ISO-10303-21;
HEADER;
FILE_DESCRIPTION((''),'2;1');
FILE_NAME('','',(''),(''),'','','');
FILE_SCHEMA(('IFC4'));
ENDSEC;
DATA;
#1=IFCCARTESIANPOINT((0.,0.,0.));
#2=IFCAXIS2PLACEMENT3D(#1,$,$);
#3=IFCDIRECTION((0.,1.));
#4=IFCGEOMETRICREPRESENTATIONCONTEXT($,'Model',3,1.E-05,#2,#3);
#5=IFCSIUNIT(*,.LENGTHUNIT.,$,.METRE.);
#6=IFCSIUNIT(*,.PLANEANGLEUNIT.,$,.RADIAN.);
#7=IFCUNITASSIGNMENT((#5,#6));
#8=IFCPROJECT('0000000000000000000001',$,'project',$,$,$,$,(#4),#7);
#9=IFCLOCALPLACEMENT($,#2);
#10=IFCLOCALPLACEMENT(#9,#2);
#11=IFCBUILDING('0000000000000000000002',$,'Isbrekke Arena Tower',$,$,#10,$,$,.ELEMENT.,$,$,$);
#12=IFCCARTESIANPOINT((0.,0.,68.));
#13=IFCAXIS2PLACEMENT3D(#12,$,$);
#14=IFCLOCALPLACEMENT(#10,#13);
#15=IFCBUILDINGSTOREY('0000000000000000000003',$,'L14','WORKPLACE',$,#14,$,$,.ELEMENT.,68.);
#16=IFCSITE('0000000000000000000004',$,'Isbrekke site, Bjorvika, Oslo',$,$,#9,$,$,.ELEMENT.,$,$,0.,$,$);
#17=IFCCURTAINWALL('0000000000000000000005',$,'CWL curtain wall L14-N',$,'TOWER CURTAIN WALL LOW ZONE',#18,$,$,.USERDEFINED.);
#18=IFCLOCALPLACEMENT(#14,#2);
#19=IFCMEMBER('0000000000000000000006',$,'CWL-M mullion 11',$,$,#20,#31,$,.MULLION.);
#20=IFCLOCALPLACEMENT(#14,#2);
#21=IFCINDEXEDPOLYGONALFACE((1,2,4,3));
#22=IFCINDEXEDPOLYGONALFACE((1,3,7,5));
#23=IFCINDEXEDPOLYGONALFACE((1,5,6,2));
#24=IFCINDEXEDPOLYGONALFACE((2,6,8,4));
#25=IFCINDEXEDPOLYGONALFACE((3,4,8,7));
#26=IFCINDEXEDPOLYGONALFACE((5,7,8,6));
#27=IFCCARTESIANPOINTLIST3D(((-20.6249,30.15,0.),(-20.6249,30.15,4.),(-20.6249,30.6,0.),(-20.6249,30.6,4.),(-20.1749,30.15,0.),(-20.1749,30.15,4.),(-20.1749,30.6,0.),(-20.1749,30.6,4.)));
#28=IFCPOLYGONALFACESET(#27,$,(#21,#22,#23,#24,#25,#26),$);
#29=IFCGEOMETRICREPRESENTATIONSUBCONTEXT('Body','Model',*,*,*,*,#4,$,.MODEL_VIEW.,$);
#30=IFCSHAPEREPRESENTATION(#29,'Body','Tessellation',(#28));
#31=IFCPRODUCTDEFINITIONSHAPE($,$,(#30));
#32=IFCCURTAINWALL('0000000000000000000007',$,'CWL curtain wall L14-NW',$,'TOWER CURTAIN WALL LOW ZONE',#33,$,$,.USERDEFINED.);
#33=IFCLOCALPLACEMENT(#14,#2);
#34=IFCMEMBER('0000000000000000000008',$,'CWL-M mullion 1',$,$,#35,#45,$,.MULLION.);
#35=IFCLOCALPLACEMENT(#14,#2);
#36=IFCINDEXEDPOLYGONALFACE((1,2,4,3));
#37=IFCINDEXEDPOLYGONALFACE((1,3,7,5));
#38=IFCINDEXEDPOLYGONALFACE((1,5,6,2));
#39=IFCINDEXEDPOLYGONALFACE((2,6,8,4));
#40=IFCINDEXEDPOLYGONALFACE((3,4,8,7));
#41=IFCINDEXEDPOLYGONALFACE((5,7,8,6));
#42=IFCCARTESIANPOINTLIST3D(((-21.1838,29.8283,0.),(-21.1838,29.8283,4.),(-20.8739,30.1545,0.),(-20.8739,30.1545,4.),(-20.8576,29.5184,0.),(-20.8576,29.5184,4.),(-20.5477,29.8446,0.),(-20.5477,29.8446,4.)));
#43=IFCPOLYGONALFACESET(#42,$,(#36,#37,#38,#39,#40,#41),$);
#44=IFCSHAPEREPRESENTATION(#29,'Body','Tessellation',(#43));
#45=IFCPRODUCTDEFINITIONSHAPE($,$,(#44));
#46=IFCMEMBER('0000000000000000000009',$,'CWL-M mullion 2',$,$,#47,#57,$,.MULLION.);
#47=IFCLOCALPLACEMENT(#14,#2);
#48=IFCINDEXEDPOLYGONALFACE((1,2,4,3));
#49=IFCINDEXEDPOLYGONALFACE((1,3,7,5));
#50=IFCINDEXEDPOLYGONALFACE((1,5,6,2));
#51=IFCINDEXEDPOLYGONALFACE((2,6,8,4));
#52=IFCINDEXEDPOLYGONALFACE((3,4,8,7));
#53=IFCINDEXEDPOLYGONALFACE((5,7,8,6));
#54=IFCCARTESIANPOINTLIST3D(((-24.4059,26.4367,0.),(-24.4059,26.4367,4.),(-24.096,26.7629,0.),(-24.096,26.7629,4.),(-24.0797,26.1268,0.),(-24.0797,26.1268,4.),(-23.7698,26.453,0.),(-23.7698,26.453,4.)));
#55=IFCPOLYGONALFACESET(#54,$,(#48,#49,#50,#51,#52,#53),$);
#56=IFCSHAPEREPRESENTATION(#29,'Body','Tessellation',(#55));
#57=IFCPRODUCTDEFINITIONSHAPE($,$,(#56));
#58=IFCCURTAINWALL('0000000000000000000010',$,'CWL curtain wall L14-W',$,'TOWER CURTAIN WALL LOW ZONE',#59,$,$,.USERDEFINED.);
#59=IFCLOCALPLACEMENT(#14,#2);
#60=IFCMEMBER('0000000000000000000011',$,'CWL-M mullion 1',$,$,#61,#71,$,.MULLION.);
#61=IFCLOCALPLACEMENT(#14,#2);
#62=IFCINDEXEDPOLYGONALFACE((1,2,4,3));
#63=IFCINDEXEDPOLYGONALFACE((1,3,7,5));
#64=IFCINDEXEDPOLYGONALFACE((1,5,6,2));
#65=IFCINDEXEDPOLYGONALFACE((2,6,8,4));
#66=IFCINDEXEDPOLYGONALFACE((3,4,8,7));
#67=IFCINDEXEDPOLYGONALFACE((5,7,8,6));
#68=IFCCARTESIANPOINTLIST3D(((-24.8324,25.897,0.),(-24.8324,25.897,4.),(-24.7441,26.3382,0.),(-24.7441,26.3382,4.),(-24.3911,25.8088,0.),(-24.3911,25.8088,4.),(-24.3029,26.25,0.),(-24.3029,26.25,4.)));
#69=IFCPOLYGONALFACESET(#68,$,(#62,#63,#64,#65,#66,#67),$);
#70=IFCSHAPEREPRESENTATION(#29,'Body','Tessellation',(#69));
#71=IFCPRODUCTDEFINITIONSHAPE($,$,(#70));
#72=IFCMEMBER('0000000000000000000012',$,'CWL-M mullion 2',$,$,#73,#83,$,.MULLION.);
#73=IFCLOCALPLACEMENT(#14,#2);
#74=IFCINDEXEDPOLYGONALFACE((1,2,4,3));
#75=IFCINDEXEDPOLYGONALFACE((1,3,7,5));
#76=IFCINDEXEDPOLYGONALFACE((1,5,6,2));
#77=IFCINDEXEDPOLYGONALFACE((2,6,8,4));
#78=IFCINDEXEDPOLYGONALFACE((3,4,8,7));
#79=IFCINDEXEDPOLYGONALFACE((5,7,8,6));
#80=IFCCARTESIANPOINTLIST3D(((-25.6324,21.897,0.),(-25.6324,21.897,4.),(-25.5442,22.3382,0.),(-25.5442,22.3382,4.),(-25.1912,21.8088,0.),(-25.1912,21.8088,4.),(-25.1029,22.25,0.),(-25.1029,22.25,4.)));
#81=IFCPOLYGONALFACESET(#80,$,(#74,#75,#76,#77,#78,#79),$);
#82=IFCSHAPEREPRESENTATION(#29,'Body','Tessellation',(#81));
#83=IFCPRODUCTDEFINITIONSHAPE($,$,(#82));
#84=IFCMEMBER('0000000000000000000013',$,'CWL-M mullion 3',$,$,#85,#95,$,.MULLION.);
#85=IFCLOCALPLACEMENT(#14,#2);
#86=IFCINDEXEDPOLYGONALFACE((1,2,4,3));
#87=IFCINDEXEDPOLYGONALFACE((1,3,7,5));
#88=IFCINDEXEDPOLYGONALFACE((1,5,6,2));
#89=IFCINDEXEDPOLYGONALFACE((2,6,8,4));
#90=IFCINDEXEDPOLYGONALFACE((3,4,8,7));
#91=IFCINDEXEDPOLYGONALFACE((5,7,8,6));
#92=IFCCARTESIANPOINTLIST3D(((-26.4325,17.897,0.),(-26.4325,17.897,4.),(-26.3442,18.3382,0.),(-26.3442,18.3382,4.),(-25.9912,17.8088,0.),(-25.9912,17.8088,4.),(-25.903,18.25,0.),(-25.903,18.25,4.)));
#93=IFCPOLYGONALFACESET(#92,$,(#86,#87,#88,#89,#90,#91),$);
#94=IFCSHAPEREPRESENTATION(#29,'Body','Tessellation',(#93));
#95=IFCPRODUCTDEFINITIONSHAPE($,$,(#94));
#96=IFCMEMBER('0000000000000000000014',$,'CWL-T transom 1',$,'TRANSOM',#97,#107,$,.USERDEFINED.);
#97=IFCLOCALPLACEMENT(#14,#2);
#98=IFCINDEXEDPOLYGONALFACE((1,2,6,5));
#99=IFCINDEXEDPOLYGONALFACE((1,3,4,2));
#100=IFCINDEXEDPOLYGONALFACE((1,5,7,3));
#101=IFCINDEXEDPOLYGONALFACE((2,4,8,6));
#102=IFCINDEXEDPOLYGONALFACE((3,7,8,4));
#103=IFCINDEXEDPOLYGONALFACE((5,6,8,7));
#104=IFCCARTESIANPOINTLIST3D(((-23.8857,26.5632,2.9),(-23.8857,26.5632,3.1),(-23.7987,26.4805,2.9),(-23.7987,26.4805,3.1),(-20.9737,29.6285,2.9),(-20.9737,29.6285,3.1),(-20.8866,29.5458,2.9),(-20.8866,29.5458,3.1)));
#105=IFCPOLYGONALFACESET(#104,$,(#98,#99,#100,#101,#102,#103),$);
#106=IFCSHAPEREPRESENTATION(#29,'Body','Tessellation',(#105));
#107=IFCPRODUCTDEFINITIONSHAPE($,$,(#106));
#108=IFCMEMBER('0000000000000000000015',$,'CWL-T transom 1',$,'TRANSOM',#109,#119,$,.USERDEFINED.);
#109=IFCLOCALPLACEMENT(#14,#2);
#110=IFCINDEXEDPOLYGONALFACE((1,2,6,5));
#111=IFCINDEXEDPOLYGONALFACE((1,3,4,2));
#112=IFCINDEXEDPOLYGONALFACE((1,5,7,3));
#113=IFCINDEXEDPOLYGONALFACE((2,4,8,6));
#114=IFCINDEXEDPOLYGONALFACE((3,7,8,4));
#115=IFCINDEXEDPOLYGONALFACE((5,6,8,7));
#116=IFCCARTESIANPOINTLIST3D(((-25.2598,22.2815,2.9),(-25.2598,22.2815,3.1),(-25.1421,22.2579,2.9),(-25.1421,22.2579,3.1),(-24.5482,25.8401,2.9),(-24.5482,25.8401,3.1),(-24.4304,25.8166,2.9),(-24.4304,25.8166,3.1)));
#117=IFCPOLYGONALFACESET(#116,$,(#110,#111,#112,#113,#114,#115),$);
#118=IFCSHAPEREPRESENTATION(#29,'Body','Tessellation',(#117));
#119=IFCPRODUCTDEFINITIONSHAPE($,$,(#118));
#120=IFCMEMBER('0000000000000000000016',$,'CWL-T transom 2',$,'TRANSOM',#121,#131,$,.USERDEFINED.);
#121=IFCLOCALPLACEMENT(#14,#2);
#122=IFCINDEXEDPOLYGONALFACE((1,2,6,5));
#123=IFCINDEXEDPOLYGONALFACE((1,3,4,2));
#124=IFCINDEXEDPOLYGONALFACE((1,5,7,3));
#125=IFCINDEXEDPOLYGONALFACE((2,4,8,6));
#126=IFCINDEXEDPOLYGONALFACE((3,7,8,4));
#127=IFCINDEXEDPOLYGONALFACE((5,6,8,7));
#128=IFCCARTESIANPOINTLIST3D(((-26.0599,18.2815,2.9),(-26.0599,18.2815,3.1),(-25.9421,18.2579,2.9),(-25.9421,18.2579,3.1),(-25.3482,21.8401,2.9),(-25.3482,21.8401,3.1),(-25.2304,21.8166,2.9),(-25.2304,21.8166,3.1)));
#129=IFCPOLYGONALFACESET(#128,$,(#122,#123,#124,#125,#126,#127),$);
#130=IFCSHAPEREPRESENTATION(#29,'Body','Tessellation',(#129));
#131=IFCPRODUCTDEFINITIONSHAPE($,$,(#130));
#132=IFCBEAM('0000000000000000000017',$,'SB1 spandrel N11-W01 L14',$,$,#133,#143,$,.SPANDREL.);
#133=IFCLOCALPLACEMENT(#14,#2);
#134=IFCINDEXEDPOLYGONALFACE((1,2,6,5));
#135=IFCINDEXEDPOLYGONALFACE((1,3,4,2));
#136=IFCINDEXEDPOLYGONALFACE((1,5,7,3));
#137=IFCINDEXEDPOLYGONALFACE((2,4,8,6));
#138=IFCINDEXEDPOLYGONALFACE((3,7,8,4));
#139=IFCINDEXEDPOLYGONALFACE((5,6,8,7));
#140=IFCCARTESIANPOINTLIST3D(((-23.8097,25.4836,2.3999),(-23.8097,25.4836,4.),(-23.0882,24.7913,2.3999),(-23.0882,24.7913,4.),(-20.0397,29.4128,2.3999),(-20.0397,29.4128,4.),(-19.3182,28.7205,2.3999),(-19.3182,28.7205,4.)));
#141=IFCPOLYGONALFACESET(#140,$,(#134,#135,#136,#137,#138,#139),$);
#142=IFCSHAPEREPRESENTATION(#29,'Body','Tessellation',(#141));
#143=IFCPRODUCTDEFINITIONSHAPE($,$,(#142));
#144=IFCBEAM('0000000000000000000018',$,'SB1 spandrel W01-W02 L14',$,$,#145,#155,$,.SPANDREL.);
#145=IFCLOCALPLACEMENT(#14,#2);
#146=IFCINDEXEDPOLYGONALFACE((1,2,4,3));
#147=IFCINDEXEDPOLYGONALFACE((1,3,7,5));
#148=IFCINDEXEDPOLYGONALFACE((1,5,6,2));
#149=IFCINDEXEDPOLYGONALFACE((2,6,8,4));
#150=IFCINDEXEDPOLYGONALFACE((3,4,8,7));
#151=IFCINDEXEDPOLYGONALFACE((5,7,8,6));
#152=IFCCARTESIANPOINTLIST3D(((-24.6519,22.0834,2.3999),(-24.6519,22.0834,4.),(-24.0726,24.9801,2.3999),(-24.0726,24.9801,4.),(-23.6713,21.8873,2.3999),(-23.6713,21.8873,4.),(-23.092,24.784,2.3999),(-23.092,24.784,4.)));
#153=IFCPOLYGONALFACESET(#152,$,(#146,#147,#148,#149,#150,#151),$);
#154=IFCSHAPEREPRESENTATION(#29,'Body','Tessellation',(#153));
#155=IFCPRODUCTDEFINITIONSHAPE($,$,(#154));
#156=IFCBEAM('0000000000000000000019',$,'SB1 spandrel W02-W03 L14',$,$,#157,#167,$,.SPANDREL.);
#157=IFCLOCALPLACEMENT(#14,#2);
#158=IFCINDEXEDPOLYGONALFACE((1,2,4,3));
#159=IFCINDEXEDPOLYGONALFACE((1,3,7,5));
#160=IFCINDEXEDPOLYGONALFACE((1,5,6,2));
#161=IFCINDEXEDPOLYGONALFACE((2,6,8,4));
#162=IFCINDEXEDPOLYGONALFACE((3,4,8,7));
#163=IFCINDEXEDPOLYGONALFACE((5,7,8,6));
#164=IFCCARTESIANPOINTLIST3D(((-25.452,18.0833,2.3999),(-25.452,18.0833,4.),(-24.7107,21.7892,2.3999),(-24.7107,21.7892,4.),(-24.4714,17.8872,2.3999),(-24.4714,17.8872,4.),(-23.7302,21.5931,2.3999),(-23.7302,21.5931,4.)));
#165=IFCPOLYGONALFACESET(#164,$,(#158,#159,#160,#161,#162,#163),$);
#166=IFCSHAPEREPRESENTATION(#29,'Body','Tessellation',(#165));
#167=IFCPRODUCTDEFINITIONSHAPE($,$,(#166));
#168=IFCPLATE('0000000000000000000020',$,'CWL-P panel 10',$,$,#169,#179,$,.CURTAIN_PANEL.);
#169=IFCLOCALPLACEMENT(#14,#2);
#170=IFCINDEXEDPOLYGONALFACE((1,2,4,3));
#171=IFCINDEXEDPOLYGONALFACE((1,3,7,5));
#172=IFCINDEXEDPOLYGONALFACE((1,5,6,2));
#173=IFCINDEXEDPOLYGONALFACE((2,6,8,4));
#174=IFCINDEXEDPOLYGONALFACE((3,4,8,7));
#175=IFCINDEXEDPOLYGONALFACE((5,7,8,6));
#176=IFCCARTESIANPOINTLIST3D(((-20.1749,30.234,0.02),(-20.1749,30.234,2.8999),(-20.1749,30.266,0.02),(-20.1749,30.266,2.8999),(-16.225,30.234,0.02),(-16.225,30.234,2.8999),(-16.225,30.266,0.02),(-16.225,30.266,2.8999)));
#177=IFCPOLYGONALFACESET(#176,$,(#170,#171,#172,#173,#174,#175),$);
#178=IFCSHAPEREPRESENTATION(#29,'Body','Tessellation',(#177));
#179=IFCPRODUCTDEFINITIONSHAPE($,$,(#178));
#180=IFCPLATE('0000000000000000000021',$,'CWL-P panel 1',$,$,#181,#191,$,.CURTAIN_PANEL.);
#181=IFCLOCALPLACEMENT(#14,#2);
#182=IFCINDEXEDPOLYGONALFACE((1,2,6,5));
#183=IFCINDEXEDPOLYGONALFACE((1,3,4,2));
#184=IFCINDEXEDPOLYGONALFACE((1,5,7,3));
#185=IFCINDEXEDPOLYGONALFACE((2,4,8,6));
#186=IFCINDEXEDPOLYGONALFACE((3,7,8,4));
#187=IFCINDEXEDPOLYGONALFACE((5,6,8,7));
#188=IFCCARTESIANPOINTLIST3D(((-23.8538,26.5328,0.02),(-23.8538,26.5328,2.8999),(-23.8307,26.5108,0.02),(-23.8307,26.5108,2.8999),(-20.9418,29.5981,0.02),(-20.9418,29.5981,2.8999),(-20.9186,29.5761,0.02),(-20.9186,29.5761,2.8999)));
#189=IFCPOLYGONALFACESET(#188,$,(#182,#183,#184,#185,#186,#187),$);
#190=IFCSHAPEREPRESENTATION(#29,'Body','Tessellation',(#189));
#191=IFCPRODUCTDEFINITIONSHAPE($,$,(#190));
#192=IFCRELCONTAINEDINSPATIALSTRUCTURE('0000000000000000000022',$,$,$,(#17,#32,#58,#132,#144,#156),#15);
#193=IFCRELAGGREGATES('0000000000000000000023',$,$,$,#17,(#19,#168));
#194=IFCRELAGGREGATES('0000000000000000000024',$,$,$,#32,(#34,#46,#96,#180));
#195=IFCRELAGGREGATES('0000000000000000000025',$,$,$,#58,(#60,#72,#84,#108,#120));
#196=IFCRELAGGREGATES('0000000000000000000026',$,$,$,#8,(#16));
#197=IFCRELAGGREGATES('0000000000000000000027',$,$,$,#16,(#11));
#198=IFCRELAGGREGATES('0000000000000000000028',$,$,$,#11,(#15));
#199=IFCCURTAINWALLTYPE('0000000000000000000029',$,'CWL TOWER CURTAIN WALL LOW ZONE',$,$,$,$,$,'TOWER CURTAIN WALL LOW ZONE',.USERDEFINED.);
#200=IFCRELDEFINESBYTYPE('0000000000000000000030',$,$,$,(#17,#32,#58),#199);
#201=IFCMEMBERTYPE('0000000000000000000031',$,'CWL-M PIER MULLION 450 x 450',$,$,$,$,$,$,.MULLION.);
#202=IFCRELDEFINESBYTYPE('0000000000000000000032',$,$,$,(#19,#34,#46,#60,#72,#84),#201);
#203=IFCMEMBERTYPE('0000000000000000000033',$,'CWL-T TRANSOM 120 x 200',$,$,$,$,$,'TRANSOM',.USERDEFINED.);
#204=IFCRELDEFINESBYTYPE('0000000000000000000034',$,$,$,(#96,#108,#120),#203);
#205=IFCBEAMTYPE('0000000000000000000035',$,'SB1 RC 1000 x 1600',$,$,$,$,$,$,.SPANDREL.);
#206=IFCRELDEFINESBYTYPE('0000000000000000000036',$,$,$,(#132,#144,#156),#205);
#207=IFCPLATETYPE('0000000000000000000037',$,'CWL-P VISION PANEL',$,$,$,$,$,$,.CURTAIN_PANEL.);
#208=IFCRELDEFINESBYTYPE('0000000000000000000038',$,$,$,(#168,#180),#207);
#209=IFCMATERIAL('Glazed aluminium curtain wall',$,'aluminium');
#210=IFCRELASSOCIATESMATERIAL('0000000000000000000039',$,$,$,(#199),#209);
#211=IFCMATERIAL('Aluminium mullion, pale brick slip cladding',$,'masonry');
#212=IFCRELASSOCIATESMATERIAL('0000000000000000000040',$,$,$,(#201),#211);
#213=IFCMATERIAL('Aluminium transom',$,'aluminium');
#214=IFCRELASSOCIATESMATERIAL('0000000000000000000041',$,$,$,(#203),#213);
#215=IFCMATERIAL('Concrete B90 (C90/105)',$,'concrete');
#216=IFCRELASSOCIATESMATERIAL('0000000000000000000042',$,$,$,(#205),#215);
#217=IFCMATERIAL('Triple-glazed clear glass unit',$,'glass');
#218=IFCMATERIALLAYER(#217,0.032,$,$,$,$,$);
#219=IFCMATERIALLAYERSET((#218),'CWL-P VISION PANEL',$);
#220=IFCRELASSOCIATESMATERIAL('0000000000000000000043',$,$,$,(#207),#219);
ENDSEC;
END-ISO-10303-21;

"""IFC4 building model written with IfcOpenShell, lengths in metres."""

from ifc_helpers import new_model, si_unit, direction, frame, origin, origin_2d, place, context, subcontext, project, spatial, rectangle, extrude, material, layer, layer_set, material_profile, profile_set, type_object, element, aggregate, save


model = new_model("IFC4")

# Units and contexts
model_context = context("Model", 3, precision=1e-05, world=origin(), true_north=direction((0.0, 1.0)))
body_context = subcontext(model_context, "Body", "Model", "MODEL_VIEW")
ifc_project = project(units=[si_unit("LENGTHUNIT", "METRE"), si_unit("PLANEANGLEUNIT", "RADIAN")], contexts=[model_context])

# Site, building, storey
site_placement = place(None, origin())
site = spatial("IfcSite", under=ifc_project, at=site_placement, Name="Isbrekke site, Bjorvika, Oslo", CompositionType="ELEMENT", RefElevation=0.0)
building_placement = place(site_placement, origin())
building = spatial("IfcBuilding", under=site, at=building_placement, Name="Isbrekke Arena Tower", CompositionType="ELEMENT")
storey_placement = place(building_placement, frame((0.0, 0.0, 68.0)))
storey = spatial("IfcBuildingStorey", under=building, at=storey_placement, Name="L14", Description="WORKPLACE", CompositionType="ELEMENT", Elevation=68.0)

# Curtain wall, member
ifc_material_1 = material(Name="Glazed aluminium curtain wall", Category="aluminium")
curtain_wall_type = type_object("IfcCurtainWallType", Name="CWL TOWER CURTAIN WALL LOW ZONE", ElementType="TOWER CURTAIN WALL LOW ZONE", PredefinedType="USERDEFINED", material=ifc_material_1)
curtain_wall_1_placement = place(storey_placement, origin())
curtain_wall_1 = element("IfcCurtainWall", 1, at=curtain_wall_1_placement, inside=storey, type_object=curtain_wall_type, Name="CWL curtain wall L14-N", ObjectType="TOWER CURTAIN WALL LOW ZONE", PredefinedType="USERDEFINED")
ifc_material_2 = material(Name="Aluminium mullion, pale brick slip cladding", Category="masonry")
ifc_material_profile_1 = material_profile(ifc_material_2, rectangle(XDim=0.45, YDim=0.45, at=origin_2d()), Name="PIER 450X450")
ifc_profile_set_1 = profile_set([ifc_material_profile_1], Name="Aluminium mullion, pale brick slip cladding")
member_type_1 = type_object("IfcMemberType", Name="CWL-M PIER MULLION 450 x 450", PredefinedType="MULLION", material=ifc_profile_set_1)
member_1_placement = place(storey_placement, frame((-20.3999, 30.375, 0.0), z_axis=(0.0, 0.0, 1.0), x_axis=(-1.0, 0.0, 0.0)))
member_1 = element("IfcMember", 2, at=member_1_placement, type_object=member_type_1, Name="CWL-M mullion 11", PredefinedType="MULLION", context=body_context, shape_type="SweptSolid", body=[
    extrude(rectangle(XDim=0.45, YDim=0.45, at=origin_2d()), origin(), (0.0, 0.0, 1.0), 4.0),
])

# Curtain walls, members
curtain_wall_2_placement = place(storey_placement, origin())
curtain_wall_2 = element("IfcCurtainWall", 3, at=curtain_wall_2_placement, inside=storey, type_object=curtain_wall_type, Name="CWL curtain wall L14-NW", ObjectType="TOWER CURTAIN WALL LOW ZONE", PredefinedType="USERDEFINED")
member_2_placement = place(storey_placement, frame((-20.8657, 29.8364, 0.0), z_axis=(0.0, 0.0, 1.0), x_axis=(-0.688749, -0.724999, 0.0)))
member_2 = element("IfcMember", 4, at=member_2_placement, type_object=member_type_1, Name="CWL-M mullion 1", PredefinedType="MULLION", context=body_context, shape_type="SweptSolid", body=[
    extrude(rectangle(XDim=0.45, YDim=0.45, at=origin_2d()), origin(), (0.0, 0.0, 1.0), 4.0),
])
member_3_placement = place(storey_placement, frame((-24.0879, 26.4448, 0.0), z_axis=(0.0, 0.0, 1.0), x_axis=(-0.688749, -0.724999, 0.0)))
member_3 = element("IfcMember", 5, at=member_3_placement, type_object=member_type_1, Name="CWL-M mullion 2", PredefinedType="MULLION", context=body_context, shape_type="SweptSolid", body=[
    extrude(rectangle(XDim=0.45, YDim=0.45, at=origin_2d()), origin(), (0.0, 0.0, 1.0), 4.0),
])
curtain_wall_3_placement = place(storey_placement, origin())
curtain_wall_3 = element("IfcCurtainWall", 6, at=curtain_wall_3_placement, inside=storey, type_object=curtain_wall_type, Name="CWL curtain wall L14-W", ObjectType="TOWER CURTAIN WALL LOW ZONE", PredefinedType="USERDEFINED")
member_4_placement = place(storey_placement, frame((-24.5676, 26.0735, 0.0), z_axis=(0.0, 0.0, 1.0), x_axis=(-0.196116, -0.980581, 0.0)))
member_4 = element("IfcMember", 7, at=member_4_placement, type_object=member_type_1, Name="CWL-M mullion 1", PredefinedType="MULLION", context=body_context, shape_type="SweptSolid", body=[
    extrude(rectangle(XDim=0.45, YDim=0.45, at=origin_2d()), origin(), (0.0, 0.0, 1.0), 4.0),
])
member_5_placement = place(storey_placement, frame((-25.3677, 22.0735, 0.0), z_axis=(0.0, 0.0, 1.0), x_axis=(-0.196116, -0.980581, 0.0)))
member_5 = element("IfcMember", 8, at=member_5_placement, type_object=member_type_1, Name="CWL-M mullion 2", PredefinedType="MULLION", context=body_context, shape_type="SweptSolid", body=[
    extrude(rectangle(XDim=0.45, YDim=0.45, at=origin_2d()), origin(), (0.0, 0.0, 1.0), 4.0),
])
member_6_placement = place(storey_placement, frame((-26.1677, 18.0735, 0.0), z_axis=(0.0, 0.0, 1.0), x_axis=(-0.196116, -0.980581, 0.0)))
member_6 = element("IfcMember", 9, at=member_6_placement, type_object=member_type_1, Name="CWL-M mullion 3", PredefinedType="MULLION", context=body_context, shape_type="SweptSolid", body=[
    extrude(rectangle(XDim=0.45, YDim=0.45, at=origin_2d()), origin(), (0.0, 0.0, 1.0), 4.0),
])

# Members
ifc_material_3 = material(Name="Aluminium transom", Category="aluminium")
ifc_material_profile_2 = material_profile(ifc_material_3, rectangle(XDim=0.1201, YDim=0.2, at=origin_2d()), Name="TRANSOM 120X200")
ifc_profile_set_2 = profile_set([ifc_material_profile_2], Name="Aluminium transom")
member_type_2 = type_object("IfcMemberType", Name="CWL-T TRANSOM 120 x 200", ElementType="TRANSOM", PredefinedType="USERDEFINED", material=ifc_profile_set_2)
member_7_placement = place(storey_placement, frame((-20.9302, 29.5872, 3.0), z_axis=(-0.688743, -0.725005, 0.0), x_axis=(0.725005, -0.688743, 0.0)))
member_7 = element("IfcMember", 10, at=member_7_placement, type_object=member_type_2, Name="CWL-T transom 1", ObjectType="TRANSOM", PredefinedType="USERDEFINED", context=body_context, shape_type="SweptSolid", body=[
    extrude(rectangle(XDim=0.1201, YDim=0.2, at=origin_2d()), origin(), (0.0, 0.0, 1.0), 4.228),
])
member_8_placement = place(storey_placement, frame((-24.4893, 25.8284, 3.0), z_axis=(-0.196103, -0.980583, 0.0), x_axis=(0.980583, -0.196103, 0.0)))
member_8 = element("IfcMember", 11, at=member_8_placement, type_object=member_type_2, Name="CWL-T transom 1", ObjectType="TRANSOM", PredefinedType="USERDEFINED", context=body_context, shape_type="SweptSolid", body=[
    extrude(rectangle(XDim=0.1201, YDim=0.2, at=origin_2d()), origin(), (0.0, 0.0, 1.0), 3.6292),
])
member_9_placement = place(storey_placement, frame((-25.2893, 21.8284, 3.0), z_axis=(-0.196103, -0.980583, 0.0), x_axis=(0.980583, -0.196103, 0.0)))
member_9 = element("IfcMember", 12, at=member_9_placement, type_object=member_type_2, Name="CWL-T transom 2", ObjectType="TRANSOM", PredefinedType="USERDEFINED", context=body_context, shape_type="SweptSolid", body=[
    extrude(rectangle(XDim=0.1201, YDim=0.2, at=origin_2d()), origin(), (0.0, 0.0, 1.0), 3.6292),
])

# Beams
ifc_material_4 = material(Name="Concrete B90 (C90/105)", Category="concrete")
ifc_material_profile_3 = material_profile(ifc_material_4, rectangle(XDim=1.0, YDim=1.6001, at=origin_2d()), Name="RC 1000x1600")
ifc_profile_set_3 = profile_set([ifc_material_profile_3], Name="Concrete B90 (C90/105)")
beam_type_1 = type_object("IfcBeamType", Name="SB1 RC 1000 x 1600", PredefinedType="SPANDREL", material=ifc_profile_set_3)
beam_1_placement = place(storey_placement, frame((-19.679, 29.0667, 3.2), z_axis=(-0.69234, -0.721572, 0.0), x_axis=(0.721572, -0.69234, 0.0)))
element("IfcBeam", 13, at=beam_1_placement, inside=storey, type_object=beam_type_1, Name="SB1 spandrel N11-W01 L14", PredefinedType="SPANDREL", context=body_context, shape_type="SweptSolid", body=[
    extrude(rectangle(XDim=1.0, YDim=1.6001, at=origin_2d()), origin(), (0.0, 0.0, 1.0), 5.4453),
])
beam_2_placement = place(storey_placement, frame((-23.5823, 24.8821, 3.2), z_axis=(-0.196116, -0.980581, 0.0), x_axis=(0.980581, -0.196116, 0.0)))
element("IfcBeam", 14, at=beam_2_placement, inside=storey, type_object=beam_type_1, Name="SB1 spandrel W01-W02 L14", PredefinedType="SPANDREL", context=body_context, shape_type="SweptSolid", body=[
    extrude(rectangle(XDim=1.0, YDim=1.6001, at=origin_2d()), origin(), (0.0, 0.0, 1.0), 2.9541),
])
beam_3_placement = place(storey_placement, frame((-24.2205, 21.6912, 3.2), z_axis=(-0.196129, -0.980578, 0.0), x_axis=(0.980578, -0.196129, 0.0)))
element("IfcBeam", 15, at=beam_3_placement, inside=storey, type_object=beam_type_1, Name="SB1 spandrel W02-W03 L14", PredefinedType="SPANDREL", context=body_context, shape_type="SweptSolid", body=[
    extrude(rectangle(XDim=1.0, YDim=1.6001, at=origin_2d()), origin(), (0.0, 0.0, 1.0), 3.7793),
])

# Plates
ifc_material_5 = material(Name="Triple-glazed clear glass unit", Category="glass")
ifc_layer_1 = layer(ifc_material_5, 0.032)
ifc_layer_set_1 = layer_set([ifc_layer_1], Name="CWL-P VISION PANEL")
plate_type = type_object("IfcPlateType", Name="CWL-P VISION PANEL", PredefinedType="CURTAIN_PANEL", material=ifc_layer_set_1)
plate_1_placement = place(storey_placement, frame((-18.2, 30.25, 0.02), z_axis=(0.0, 0.0, 1.0), x_axis=(-1.0, 0.0, 0.0)))
plate_1 = element("IfcPlate", 16, at=plate_1_placement, type_object=plate_type, Name="CWL-P panel 10", PredefinedType="CURTAIN_PANEL", context=body_context, shape_type="SweptSolid", body=[
    extrude(rectangle(XDim=3.95, YDim=0.032, at=origin_2d()), origin(), (0.0, 0.0, 1.0), 2.8799),
])
aggregate(curtain_wall_1, [member_1, plate_1])
plate_2_placement = place(storey_placement, frame((-22.3862, 28.0544, 0.02), z_axis=(0.0, 0.0, 1.0), x_axis=(-0.688749, -0.724999, 0.0)))
plate_2 = element("IfcPlate", 17, at=plate_2_placement, type_object=plate_type, Name="CWL-P panel 1", PredefinedType="CURTAIN_PANEL", context=body_context, shape_type="SweptSolid", body=[
    extrude(rectangle(XDim=4.228, YDim=0.032, at=origin_2d()), origin(), (0.0, 0.0, 1.0), 2.8799),
])
aggregate(curtain_wall_2, [member_2, member_3, member_7, plate_2])
aggregate(curtain_wall_3, [member_4, member_5, member_6, member_8, member_9])

save(model, "model.ifc")
